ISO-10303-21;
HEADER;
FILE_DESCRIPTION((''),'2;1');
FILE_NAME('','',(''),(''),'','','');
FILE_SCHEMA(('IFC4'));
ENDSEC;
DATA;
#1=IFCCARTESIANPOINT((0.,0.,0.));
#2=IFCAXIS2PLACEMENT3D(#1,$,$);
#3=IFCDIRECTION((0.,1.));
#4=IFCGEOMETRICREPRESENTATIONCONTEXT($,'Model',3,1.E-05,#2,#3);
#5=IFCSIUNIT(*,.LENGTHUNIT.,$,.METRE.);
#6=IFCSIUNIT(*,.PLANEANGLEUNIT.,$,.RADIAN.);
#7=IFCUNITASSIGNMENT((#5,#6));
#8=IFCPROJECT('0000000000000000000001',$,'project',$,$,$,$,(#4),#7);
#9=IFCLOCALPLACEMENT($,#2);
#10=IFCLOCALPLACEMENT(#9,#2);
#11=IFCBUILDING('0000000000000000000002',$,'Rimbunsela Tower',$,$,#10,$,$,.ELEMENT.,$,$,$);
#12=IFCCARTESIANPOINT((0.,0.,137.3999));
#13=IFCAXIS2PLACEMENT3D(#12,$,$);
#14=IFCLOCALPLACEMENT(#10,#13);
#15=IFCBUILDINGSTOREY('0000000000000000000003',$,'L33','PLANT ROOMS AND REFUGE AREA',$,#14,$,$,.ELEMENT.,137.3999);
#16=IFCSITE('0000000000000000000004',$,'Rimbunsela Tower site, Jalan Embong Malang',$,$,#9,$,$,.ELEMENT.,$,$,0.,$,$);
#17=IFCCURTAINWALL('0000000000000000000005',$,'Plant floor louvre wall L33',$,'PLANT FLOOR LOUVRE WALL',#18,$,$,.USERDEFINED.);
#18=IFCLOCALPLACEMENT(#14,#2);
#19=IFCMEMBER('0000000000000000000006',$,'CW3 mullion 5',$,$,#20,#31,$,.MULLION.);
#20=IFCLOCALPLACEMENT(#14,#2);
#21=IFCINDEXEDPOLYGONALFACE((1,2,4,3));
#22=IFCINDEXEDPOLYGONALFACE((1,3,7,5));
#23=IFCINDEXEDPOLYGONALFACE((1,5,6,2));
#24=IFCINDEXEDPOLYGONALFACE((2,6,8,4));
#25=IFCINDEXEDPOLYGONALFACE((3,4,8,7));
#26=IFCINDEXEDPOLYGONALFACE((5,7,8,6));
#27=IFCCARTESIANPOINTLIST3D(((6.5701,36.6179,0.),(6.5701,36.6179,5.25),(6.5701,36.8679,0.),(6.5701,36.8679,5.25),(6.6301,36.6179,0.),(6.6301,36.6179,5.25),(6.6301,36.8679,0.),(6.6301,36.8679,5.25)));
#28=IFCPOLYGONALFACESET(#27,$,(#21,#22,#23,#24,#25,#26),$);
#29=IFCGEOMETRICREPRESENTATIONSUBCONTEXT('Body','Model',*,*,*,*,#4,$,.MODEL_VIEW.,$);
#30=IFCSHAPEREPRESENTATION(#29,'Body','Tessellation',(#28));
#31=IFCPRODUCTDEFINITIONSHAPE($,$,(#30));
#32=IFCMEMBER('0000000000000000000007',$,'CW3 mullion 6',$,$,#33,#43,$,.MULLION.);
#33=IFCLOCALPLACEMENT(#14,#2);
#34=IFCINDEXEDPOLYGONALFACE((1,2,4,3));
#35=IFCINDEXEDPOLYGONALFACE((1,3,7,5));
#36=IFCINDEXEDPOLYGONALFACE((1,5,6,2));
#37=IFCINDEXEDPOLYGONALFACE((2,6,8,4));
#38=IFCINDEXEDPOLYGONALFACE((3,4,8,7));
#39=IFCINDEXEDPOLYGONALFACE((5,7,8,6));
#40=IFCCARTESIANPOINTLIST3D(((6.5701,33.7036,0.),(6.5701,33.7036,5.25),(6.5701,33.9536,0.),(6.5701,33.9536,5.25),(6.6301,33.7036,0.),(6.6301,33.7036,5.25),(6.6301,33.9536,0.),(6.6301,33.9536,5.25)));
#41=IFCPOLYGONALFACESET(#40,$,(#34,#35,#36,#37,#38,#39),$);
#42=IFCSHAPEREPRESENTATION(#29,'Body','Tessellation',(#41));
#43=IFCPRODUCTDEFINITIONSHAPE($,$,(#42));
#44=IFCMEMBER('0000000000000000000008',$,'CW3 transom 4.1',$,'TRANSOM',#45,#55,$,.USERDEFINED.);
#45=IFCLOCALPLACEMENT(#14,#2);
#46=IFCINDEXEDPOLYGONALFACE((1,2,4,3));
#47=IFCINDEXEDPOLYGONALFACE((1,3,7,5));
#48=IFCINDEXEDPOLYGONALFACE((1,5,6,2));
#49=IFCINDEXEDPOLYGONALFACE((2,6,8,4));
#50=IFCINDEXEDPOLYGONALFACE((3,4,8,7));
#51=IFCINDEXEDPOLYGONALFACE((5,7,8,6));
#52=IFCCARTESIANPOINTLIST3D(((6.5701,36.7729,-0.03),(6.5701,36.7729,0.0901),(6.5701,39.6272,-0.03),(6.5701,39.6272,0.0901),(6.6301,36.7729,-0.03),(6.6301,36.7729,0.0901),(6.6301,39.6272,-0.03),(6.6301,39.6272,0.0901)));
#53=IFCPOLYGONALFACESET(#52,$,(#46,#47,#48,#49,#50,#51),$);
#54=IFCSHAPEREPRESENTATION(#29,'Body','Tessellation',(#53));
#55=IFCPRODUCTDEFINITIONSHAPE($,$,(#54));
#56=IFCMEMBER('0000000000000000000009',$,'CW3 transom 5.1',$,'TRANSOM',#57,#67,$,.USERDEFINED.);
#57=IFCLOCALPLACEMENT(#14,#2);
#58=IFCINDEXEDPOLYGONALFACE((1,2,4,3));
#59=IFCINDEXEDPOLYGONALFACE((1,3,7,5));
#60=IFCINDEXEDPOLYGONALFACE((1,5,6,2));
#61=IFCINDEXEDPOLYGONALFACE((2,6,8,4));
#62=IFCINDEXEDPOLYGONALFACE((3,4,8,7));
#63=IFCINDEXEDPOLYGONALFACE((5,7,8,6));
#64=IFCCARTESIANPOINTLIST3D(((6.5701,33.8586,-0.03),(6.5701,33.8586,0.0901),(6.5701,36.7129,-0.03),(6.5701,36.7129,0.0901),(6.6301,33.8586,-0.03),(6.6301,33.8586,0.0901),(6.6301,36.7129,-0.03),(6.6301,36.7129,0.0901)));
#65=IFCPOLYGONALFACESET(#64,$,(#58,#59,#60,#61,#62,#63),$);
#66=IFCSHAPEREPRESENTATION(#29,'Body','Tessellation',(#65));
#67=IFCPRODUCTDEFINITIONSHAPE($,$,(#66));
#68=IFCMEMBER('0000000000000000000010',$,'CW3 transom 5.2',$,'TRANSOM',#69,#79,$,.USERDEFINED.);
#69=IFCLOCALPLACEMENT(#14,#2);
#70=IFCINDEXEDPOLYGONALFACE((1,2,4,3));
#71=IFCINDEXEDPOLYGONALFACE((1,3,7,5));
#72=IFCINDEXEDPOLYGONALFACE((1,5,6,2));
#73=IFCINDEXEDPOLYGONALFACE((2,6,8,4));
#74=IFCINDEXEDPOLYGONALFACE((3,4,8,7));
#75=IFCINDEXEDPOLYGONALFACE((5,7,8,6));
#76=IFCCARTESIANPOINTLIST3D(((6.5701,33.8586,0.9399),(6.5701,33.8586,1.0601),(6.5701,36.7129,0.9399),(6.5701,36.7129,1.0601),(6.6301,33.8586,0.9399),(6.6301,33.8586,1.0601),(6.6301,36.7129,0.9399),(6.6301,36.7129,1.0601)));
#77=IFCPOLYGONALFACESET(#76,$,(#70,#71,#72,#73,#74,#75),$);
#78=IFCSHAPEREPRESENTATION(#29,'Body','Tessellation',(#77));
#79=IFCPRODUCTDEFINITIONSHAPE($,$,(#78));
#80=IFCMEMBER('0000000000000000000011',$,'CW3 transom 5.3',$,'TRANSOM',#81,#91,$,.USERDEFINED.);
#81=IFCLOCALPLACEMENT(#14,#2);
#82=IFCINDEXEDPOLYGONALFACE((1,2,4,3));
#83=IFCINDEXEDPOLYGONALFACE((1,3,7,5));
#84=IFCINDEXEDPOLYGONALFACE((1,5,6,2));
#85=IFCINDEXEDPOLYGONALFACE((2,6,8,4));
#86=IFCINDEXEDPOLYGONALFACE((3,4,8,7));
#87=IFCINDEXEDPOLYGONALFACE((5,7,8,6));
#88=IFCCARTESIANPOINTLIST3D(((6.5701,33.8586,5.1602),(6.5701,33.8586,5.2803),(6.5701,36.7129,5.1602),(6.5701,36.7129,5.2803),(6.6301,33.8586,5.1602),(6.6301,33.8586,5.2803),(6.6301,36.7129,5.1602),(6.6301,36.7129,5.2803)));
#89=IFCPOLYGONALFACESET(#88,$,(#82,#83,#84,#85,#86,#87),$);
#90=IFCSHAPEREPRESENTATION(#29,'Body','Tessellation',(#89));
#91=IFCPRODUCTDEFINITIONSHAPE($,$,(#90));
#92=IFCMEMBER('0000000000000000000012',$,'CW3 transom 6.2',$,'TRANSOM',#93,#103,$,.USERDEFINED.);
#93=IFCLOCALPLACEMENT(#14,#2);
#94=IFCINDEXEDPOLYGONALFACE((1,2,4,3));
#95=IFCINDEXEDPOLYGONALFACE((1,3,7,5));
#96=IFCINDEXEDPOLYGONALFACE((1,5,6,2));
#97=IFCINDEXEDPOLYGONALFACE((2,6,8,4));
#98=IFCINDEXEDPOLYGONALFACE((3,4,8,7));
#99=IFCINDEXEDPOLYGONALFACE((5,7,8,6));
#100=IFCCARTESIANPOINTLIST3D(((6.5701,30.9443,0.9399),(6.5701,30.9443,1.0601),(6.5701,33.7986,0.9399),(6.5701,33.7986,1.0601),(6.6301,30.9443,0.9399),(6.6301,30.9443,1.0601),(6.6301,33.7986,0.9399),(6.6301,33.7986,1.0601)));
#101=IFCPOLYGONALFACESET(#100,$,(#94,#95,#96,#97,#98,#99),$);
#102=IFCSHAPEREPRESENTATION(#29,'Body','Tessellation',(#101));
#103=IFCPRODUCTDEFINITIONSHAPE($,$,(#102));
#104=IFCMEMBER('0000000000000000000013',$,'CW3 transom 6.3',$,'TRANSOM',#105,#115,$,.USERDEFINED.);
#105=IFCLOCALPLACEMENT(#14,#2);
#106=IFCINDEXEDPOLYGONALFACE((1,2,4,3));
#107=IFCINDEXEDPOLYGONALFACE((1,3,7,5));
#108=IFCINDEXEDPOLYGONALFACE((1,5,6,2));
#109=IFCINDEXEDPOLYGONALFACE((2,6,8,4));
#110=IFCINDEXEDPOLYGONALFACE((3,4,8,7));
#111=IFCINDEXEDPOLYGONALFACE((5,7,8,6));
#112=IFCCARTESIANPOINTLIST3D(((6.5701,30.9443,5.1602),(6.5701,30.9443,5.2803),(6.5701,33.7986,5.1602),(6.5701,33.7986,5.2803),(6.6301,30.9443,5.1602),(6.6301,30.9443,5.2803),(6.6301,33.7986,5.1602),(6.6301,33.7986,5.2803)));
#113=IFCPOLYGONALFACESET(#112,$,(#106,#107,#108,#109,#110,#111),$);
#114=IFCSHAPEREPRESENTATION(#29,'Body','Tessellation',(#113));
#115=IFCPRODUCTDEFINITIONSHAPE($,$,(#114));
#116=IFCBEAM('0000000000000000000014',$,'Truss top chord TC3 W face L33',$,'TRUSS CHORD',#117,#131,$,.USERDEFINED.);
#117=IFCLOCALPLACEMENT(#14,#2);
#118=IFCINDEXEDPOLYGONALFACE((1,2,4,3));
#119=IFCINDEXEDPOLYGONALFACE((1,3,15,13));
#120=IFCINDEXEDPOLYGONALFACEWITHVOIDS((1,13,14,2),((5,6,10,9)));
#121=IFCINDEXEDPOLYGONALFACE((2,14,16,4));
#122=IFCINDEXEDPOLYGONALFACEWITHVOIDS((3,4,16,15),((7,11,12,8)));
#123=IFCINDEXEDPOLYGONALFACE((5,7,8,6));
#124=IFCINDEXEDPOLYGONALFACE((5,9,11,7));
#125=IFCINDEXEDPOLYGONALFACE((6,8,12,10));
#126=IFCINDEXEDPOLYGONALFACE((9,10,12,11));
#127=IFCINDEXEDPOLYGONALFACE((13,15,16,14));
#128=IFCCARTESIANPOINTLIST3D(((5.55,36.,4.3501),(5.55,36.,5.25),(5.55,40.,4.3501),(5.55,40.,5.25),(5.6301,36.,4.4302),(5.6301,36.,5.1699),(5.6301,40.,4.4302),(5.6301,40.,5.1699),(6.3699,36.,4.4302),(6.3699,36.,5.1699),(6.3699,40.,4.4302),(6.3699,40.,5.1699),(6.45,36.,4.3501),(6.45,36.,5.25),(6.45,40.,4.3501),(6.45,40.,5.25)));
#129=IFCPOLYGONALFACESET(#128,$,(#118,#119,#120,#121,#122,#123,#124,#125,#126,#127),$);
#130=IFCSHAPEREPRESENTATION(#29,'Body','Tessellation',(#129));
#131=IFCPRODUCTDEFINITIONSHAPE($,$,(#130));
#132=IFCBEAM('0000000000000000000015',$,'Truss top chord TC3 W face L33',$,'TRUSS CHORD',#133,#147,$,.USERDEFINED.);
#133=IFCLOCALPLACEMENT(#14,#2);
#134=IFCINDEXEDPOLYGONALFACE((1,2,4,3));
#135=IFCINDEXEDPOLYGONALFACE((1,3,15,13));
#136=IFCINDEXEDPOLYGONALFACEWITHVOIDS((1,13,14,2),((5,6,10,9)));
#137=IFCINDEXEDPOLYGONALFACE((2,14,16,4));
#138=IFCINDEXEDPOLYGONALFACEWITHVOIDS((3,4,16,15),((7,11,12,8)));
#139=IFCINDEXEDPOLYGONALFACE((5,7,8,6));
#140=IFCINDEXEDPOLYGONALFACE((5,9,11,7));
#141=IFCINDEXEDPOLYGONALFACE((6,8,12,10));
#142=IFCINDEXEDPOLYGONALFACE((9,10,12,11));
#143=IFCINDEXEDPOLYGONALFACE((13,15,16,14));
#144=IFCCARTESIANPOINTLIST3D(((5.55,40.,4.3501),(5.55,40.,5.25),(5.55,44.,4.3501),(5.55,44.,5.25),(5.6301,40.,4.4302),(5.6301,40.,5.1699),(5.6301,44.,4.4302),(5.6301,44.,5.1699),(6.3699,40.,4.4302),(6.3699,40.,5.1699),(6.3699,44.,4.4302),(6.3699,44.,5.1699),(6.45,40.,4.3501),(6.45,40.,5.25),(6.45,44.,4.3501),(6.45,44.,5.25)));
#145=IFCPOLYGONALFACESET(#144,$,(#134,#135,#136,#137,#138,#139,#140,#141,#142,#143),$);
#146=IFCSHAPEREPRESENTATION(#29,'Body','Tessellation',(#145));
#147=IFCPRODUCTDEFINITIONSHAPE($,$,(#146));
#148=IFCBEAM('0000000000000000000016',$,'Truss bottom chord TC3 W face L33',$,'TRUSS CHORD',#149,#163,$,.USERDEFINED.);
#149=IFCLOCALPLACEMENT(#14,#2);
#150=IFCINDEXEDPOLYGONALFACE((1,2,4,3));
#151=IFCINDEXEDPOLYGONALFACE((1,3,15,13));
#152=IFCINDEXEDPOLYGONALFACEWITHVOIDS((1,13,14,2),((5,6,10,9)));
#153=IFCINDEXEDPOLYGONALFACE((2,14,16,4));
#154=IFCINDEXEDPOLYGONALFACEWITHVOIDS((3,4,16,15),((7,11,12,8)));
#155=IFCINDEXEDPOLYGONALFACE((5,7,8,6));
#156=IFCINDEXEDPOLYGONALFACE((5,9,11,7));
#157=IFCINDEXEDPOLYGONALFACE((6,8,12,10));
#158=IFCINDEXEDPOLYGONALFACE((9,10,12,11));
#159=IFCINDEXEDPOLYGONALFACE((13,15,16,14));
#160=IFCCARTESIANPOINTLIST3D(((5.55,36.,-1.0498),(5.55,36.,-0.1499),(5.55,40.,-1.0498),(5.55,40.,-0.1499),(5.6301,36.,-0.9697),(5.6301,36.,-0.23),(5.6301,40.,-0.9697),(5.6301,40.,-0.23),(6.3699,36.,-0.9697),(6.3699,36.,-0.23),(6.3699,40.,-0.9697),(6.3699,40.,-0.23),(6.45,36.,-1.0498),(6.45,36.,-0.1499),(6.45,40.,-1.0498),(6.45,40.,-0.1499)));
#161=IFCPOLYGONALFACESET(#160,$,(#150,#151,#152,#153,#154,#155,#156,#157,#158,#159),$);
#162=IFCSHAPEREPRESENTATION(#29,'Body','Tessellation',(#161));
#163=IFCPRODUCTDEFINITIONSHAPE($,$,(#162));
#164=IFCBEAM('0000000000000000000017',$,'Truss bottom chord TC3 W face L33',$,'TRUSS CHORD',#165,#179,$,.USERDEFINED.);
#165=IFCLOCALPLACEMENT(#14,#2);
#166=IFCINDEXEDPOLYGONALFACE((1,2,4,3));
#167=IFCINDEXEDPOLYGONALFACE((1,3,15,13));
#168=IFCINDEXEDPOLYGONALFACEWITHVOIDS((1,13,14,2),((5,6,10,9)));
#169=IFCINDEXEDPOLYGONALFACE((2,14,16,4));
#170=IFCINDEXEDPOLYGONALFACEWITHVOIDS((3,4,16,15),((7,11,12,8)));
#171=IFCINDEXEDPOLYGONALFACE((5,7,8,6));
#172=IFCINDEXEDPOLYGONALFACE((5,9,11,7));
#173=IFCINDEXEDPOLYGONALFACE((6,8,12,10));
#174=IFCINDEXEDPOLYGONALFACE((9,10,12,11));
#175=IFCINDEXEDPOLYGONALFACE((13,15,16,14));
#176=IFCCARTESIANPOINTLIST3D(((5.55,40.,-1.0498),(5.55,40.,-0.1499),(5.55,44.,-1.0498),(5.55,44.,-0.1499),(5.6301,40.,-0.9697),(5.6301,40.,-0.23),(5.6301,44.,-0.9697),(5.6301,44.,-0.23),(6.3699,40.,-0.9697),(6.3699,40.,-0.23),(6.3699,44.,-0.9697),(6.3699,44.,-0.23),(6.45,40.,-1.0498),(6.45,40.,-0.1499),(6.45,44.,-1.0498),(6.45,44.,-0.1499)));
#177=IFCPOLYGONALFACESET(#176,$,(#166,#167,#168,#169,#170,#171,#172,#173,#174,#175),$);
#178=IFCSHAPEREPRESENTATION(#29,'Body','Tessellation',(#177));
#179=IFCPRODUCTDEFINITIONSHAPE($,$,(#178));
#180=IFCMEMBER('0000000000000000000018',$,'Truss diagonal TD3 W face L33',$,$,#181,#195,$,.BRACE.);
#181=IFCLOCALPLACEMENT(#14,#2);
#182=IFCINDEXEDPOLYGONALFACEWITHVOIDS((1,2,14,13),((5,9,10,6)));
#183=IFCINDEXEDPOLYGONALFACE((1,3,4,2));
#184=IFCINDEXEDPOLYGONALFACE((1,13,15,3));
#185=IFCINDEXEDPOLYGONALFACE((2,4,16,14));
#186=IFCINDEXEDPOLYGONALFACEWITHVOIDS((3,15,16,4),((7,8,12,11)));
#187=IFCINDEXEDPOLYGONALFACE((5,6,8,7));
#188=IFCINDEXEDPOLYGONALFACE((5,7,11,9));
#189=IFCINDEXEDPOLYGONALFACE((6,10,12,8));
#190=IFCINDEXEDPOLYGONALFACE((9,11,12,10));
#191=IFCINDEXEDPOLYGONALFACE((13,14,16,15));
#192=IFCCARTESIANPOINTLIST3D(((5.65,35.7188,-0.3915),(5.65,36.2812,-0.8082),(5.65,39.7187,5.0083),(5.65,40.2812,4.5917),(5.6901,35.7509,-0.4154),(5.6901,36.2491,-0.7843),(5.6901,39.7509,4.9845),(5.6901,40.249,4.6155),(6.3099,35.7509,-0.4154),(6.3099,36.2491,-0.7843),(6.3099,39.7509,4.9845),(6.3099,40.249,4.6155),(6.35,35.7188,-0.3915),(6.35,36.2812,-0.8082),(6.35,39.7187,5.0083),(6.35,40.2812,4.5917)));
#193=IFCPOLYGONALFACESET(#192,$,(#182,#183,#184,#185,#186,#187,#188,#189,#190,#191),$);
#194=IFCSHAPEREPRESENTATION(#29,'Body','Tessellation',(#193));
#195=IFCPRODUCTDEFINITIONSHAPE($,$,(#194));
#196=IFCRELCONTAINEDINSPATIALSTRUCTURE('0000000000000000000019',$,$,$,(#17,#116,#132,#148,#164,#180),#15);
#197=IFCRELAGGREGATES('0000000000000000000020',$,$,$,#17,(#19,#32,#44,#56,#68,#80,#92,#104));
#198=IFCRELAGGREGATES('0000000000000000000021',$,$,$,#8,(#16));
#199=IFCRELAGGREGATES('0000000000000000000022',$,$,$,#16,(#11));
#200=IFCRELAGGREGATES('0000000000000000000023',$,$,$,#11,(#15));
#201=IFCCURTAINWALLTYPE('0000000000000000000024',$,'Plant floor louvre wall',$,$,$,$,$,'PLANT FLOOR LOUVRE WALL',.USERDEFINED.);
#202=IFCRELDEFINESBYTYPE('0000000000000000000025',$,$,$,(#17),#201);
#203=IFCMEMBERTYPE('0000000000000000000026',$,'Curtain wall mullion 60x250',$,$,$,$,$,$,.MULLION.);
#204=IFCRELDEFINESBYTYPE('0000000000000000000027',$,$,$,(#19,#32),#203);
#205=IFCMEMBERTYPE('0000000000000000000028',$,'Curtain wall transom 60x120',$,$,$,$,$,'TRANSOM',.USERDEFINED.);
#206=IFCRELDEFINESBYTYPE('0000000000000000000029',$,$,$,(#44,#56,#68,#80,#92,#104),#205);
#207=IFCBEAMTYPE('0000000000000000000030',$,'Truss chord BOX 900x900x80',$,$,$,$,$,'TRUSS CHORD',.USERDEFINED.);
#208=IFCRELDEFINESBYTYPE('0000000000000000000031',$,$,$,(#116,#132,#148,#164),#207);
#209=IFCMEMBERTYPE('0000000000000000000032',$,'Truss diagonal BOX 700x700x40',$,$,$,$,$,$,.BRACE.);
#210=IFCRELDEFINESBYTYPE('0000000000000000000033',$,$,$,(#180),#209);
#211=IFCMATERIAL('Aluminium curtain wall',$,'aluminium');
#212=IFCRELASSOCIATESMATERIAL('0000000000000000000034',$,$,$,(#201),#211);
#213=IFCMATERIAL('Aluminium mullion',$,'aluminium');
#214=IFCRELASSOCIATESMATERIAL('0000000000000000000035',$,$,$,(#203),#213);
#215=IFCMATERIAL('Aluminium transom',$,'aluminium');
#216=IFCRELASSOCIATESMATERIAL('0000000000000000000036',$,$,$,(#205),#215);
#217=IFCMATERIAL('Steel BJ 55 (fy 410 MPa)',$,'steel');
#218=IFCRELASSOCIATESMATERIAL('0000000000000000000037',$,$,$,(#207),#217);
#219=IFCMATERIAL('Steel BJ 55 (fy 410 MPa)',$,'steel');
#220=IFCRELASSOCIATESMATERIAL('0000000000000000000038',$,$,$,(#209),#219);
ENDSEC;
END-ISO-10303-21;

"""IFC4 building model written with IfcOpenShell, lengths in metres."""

from ifc_helpers import new_model, si_unit, direction, frame, origin, origin_2d, place, context, subcontext, project, spatial, rectangle, hollow_rectangle, extrude, material, material_profile, profile_set, type_object, element, aggregate, save


model = new_model("IFC4")

# Units and contexts
model_context = context("Model", 3, precision=1e-05, world=origin(), true_north=direction((0.0, 1.0)))
body_context = subcontext(model_context, "Body", "Model", "MODEL_VIEW")
ifc_project = project(units=[si_unit("LENGTHUNIT", "METRE"), si_unit("PLANEANGLEUNIT", "RADIAN")], contexts=[model_context])

# Site, building, storey
site_placement = place(None, origin())
site = spatial("IfcSite", under=ifc_project, at=site_placement, Name="Rimbunsela Tower site, Jalan Embong Malang", CompositionType="ELEMENT", RefElevation=0.0)
building_placement = place(site_placement, origin())
building = spatial("IfcBuilding", under=site, at=building_placement, Name="Rimbunsela Tower", CompositionType="ELEMENT")
storey_placement = place(building_placement, frame((0.0, 0.0, 137.3999)))
storey = spatial("IfcBuildingStorey", under=building, at=storey_placement, Name="L33", Description="PLANT ROOMS AND REFUGE AREA", CompositionType="ELEMENT", Elevation=137.3999)

# Curtain wall, members
ifc_material_1 = material(Name="Aluminium curtain wall", Category="aluminium")
curtain_wall_type = type_object("IfcCurtainWallType", Name="Plant floor louvre wall", ElementType="PLANT FLOOR LOUVRE WALL", PredefinedType="USERDEFINED", material=ifc_material_1)
curtain_wall_placement = place(storey_placement, origin())
curtain_wall = element("IfcCurtainWall", 1, at=curtain_wall_placement, inside=storey, type_object=curtain_wall_type, Name="Plant floor louvre wall L33", ObjectType="PLANT FLOOR LOUVRE WALL", PredefinedType="USERDEFINED")
ifc_material_2 = material(Name="Aluminium mullion", Category="aluminium")
ifc_material_profile_1 = material_profile(ifc_material_2, rectangle(XDim=0.0601, YDim=0.25, at=origin_2d()), Name="Mullion 60x250")
ifc_profile_set_1 = profile_set([ifc_material_profile_1], Name="Aluminium mullion")
member_type_1 = type_object("IfcMemberType", Name="Curtain wall mullion 60x250", PredefinedType="MULLION", material=ifc_profile_set_1)
member_1_placement = place(storey_placement, frame((6.6001, 36.7429, 0.0), z_axis=(0.0, 0.0, 1.0), x_axis=(1.0, 0.0, 0.0)))
member_1 = element("IfcMember", 2, at=member_1_placement, type_object=member_type_1, Name="CW3 mullion 5", PredefinedType="MULLION", context=body_context, shape_type="SweptSolid", body=[
    extrude(rectangle(XDim=0.0601, YDim=0.25, at=origin_2d()), origin(), (0.0, 0.0, 1.0), 5.25),
])
member_2_placement = place(storey_placement, frame((6.6001, 33.8286, 0.0), z_axis=(0.0, 0.0, 1.0), x_axis=(1.0, 0.0, 0.0)))
member_2 = element("IfcMember", 3, at=member_2_placement, type_object=member_type_1, Name="CW3 mullion 6", PredefinedType="MULLION", context=body_context, shape_type="SweptSolid", body=[
    extrude(rectangle(XDim=0.0601, YDim=0.25, at=origin_2d()), origin(), (0.0, 0.0, 1.0), 5.25),
])
ifc_material_3 = material(Name="Aluminium transom", Category="aluminium")
ifc_material_profile_2 = material_profile(ifc_material_3, rectangle(XDim=0.0601, YDim=0.1201, at=origin_2d()), Name="Transom 60x120")
ifc_profile_set_2 = profile_set([ifc_material_profile_2], Name="Aluminium transom")
member_type_2 = type_object("IfcMemberType", Name="Curtain wall transom 60x120", ElementType="TRANSOM", PredefinedType="USERDEFINED", material=ifc_profile_set_2)
member_3_placement = place(storey_placement, frame((6.6001, 39.6272, 0.03), z_axis=(0.0, -1.0, 0.0), x_axis=(1.0, 0.0, 0.0)))
member_3 = element("IfcMember", 4, at=member_3_placement, type_object=member_type_2, Name="CW3 transom 4.1", ObjectType="TRANSOM", PredefinedType="USERDEFINED", context=body_context, shape_type="SweptSolid", body=[
    extrude(rectangle(XDim=0.0601, YDim=0.1201, at=origin_2d()), origin(), (0.0, 0.0, 1.0), 2.8542),
])
member_4_placement = place(storey_placement, frame((6.6001, 36.7129, 0.03), z_axis=(0.0, -1.0, 0.0), x_axis=(1.0, 0.0, 0.0)))
member_4 = element("IfcMember", 5, at=member_4_placement, type_object=member_type_2, Name="CW3 transom 5.1", ObjectType="TRANSOM", PredefinedType="USERDEFINED", context=body_context, shape_type="SweptSolid", body=[
    extrude(rectangle(XDim=0.0601, YDim=0.1201, at=origin_2d()), origin(), (0.0, 0.0, 1.0), 2.8542),
])
member_5_placement = place(storey_placement, frame((6.6001, 36.7129, 1.0), z_axis=(0.0, -1.0, 0.0), x_axis=(1.0, 0.0, 0.0)))
member_5 = element("IfcMember", 6, at=member_5_placement, type_object=member_type_2, Name="CW3 transom 5.2", ObjectType="TRANSOM", PredefinedType="USERDEFINED", context=body_context, shape_type="SweptSolid", body=[
    extrude(rectangle(XDim=0.0601, YDim=0.1201, at=origin_2d()), origin(), (0.0, 0.0, 1.0), 2.8542),
])
member_6_placement = place(storey_placement, frame((6.6001, 36.7129, 5.2202), z_axis=(0.0, -1.0, 0.0), x_axis=(1.0, 0.0, 0.0)))
member_6 = element("IfcMember", 7, at=member_6_placement, type_object=member_type_2, Name="CW3 transom 5.3", ObjectType="TRANSOM", PredefinedType="USERDEFINED", context=body_context, shape_type="SweptSolid", body=[
    extrude(rectangle(XDim=0.0601, YDim=0.1201, at=origin_2d()), origin(), (0.0, 0.0, 1.0), 2.8542),
])
member_7_placement = place(storey_placement, frame((6.6001, 33.7986, 1.0), z_axis=(0.0, -1.0, 0.0), x_axis=(1.0, 0.0, 0.0)))
member_7 = element("IfcMember", 8, at=member_7_placement, type_object=member_type_2, Name="CW3 transom 6.2", ObjectType="TRANSOM", PredefinedType="USERDEFINED", context=body_context, shape_type="SweptSolid", body=[
    extrude(rectangle(XDim=0.0601, YDim=0.1201, at=origin_2d()), origin(), (0.0, 0.0, 1.0), 2.8542),
])
member_8_placement = place(storey_placement, frame((6.6001, 33.7986, 5.2202), z_axis=(0.0, -1.0, 0.0), x_axis=(1.0, 0.0, 0.0)))
member_8 = element("IfcMember", 9, at=member_8_placement, type_object=member_type_2, Name="CW3 transom 6.3", ObjectType="TRANSOM", PredefinedType="USERDEFINED", context=body_context, shape_type="SweptSolid", body=[
    extrude(rectangle(XDim=0.0601, YDim=0.1201, at=origin_2d()), origin(), (0.0, 0.0, 1.0), 2.8542),
])

# Beams
ifc_material_4 = material(Name="Steel BJ 55 (fy 410 MPa)", Category="steel")
ifc_material_profile_3 = material_profile(ifc_material_4, hollow_rectangle(XDim=0.8999, YDim=0.8999, WallThickness=0.0801, at=origin_2d()), Name="BOX 900x900x80")
ifc_profile_set_3 = profile_set([ifc_material_profile_3], Name="Steel BJ 55 (fy 410 MPa)")
beam_type = type_object("IfcBeamType", Name="Truss chord BOX 900x900x80", ElementType="TRUSS CHORD", PredefinedType="USERDEFINED", material=ifc_profile_set_3)
for number, where, z_axis, x_axis, name in (
    (10, (6.0, 36.0, 4.8), (0.0, 1.0, 0.0), (-1.0, 0.0, 0.0), "Truss top chord TC3 W face L33"),
    (11, (6.0, 40.0, 4.8), (0.0, 1.0, 0.0), (-1.0, 0.0, 0.0), "Truss top chord TC3 W face L33"),
    (12, (6.0, 36.0, -0.5999), (0.0, 1.0, 0.0), (-1.0, 0.0, 0.0), "Truss bottom chord TC3 W face L33"),
    (13, (6.0, 40.0, -0.5999), (0.0, 1.0, 0.0), (-1.0, 0.0, 0.0), "Truss bottom chord TC3 W face L33"),
):
    element("IfcBeam", number, at=place(storey_placement, frame(where, z_axis=z_axis, x_axis=x_axis)), inside=storey, type_object=beam_type, Name=name, ObjectType="TRUSS CHORD", PredefinedType="USERDEFINED", context=body_context, shape_type="SweptSolid", body=[
        extrude(hollow_rectangle(XDim=0.8999, YDim=0.8999, WallThickness=0.0801, at=origin_2d()), origin(), (0.0, 0.0, 1.0), 4.0),
    ])

# Member
ifc_material_5 = material(Name="Steel BJ 55 (fy 410 MPa)", Category="steel")
ifc_material_profile_4 = material_profile(ifc_material_5, hollow_rectangle(XDim=0.7, YDim=0.7, WallThickness=0.04, at=origin_2d()), Name="BOX 700x700x40")
ifc_profile_set_4 = profile_set([ifc_material_profile_4], Name="Steel BJ 55 (fy 410 MPa)")
member_type_3 = type_object("IfcMemberType", Name="Truss diagonal BOX 700x700x40", PredefinedType="BRACE", material=ifc_profile_set_4)
for number, where, z_axis, x_axis, name in (
    (14, (6.0, 36.0, -0.5999), (0.0, 0.595235, 0.803552), (-1.0, 0.0, 0.0), "Truss diagonal TD3 W face L33"),
):
    element("IfcMember", number, at=place(storey_placement, frame(where, z_axis=z_axis, x_axis=x_axis)), inside=storey, type_object=member_type_3, Name=name, PredefinedType="BRACE", context=body_context, shape_type="SweptSolid", body=[
        extrude(hollow_rectangle(XDim=0.7, YDim=0.7, WallThickness=0.04, at=origin_2d()), origin(), (0.0, 0.0, 1.0), 6.72),
    ])

aggregate(curtain_wall, [member_1, member_2, member_3, member_4, member_5, member_6, member_7, member_8])

save(model, "model.ifc")
